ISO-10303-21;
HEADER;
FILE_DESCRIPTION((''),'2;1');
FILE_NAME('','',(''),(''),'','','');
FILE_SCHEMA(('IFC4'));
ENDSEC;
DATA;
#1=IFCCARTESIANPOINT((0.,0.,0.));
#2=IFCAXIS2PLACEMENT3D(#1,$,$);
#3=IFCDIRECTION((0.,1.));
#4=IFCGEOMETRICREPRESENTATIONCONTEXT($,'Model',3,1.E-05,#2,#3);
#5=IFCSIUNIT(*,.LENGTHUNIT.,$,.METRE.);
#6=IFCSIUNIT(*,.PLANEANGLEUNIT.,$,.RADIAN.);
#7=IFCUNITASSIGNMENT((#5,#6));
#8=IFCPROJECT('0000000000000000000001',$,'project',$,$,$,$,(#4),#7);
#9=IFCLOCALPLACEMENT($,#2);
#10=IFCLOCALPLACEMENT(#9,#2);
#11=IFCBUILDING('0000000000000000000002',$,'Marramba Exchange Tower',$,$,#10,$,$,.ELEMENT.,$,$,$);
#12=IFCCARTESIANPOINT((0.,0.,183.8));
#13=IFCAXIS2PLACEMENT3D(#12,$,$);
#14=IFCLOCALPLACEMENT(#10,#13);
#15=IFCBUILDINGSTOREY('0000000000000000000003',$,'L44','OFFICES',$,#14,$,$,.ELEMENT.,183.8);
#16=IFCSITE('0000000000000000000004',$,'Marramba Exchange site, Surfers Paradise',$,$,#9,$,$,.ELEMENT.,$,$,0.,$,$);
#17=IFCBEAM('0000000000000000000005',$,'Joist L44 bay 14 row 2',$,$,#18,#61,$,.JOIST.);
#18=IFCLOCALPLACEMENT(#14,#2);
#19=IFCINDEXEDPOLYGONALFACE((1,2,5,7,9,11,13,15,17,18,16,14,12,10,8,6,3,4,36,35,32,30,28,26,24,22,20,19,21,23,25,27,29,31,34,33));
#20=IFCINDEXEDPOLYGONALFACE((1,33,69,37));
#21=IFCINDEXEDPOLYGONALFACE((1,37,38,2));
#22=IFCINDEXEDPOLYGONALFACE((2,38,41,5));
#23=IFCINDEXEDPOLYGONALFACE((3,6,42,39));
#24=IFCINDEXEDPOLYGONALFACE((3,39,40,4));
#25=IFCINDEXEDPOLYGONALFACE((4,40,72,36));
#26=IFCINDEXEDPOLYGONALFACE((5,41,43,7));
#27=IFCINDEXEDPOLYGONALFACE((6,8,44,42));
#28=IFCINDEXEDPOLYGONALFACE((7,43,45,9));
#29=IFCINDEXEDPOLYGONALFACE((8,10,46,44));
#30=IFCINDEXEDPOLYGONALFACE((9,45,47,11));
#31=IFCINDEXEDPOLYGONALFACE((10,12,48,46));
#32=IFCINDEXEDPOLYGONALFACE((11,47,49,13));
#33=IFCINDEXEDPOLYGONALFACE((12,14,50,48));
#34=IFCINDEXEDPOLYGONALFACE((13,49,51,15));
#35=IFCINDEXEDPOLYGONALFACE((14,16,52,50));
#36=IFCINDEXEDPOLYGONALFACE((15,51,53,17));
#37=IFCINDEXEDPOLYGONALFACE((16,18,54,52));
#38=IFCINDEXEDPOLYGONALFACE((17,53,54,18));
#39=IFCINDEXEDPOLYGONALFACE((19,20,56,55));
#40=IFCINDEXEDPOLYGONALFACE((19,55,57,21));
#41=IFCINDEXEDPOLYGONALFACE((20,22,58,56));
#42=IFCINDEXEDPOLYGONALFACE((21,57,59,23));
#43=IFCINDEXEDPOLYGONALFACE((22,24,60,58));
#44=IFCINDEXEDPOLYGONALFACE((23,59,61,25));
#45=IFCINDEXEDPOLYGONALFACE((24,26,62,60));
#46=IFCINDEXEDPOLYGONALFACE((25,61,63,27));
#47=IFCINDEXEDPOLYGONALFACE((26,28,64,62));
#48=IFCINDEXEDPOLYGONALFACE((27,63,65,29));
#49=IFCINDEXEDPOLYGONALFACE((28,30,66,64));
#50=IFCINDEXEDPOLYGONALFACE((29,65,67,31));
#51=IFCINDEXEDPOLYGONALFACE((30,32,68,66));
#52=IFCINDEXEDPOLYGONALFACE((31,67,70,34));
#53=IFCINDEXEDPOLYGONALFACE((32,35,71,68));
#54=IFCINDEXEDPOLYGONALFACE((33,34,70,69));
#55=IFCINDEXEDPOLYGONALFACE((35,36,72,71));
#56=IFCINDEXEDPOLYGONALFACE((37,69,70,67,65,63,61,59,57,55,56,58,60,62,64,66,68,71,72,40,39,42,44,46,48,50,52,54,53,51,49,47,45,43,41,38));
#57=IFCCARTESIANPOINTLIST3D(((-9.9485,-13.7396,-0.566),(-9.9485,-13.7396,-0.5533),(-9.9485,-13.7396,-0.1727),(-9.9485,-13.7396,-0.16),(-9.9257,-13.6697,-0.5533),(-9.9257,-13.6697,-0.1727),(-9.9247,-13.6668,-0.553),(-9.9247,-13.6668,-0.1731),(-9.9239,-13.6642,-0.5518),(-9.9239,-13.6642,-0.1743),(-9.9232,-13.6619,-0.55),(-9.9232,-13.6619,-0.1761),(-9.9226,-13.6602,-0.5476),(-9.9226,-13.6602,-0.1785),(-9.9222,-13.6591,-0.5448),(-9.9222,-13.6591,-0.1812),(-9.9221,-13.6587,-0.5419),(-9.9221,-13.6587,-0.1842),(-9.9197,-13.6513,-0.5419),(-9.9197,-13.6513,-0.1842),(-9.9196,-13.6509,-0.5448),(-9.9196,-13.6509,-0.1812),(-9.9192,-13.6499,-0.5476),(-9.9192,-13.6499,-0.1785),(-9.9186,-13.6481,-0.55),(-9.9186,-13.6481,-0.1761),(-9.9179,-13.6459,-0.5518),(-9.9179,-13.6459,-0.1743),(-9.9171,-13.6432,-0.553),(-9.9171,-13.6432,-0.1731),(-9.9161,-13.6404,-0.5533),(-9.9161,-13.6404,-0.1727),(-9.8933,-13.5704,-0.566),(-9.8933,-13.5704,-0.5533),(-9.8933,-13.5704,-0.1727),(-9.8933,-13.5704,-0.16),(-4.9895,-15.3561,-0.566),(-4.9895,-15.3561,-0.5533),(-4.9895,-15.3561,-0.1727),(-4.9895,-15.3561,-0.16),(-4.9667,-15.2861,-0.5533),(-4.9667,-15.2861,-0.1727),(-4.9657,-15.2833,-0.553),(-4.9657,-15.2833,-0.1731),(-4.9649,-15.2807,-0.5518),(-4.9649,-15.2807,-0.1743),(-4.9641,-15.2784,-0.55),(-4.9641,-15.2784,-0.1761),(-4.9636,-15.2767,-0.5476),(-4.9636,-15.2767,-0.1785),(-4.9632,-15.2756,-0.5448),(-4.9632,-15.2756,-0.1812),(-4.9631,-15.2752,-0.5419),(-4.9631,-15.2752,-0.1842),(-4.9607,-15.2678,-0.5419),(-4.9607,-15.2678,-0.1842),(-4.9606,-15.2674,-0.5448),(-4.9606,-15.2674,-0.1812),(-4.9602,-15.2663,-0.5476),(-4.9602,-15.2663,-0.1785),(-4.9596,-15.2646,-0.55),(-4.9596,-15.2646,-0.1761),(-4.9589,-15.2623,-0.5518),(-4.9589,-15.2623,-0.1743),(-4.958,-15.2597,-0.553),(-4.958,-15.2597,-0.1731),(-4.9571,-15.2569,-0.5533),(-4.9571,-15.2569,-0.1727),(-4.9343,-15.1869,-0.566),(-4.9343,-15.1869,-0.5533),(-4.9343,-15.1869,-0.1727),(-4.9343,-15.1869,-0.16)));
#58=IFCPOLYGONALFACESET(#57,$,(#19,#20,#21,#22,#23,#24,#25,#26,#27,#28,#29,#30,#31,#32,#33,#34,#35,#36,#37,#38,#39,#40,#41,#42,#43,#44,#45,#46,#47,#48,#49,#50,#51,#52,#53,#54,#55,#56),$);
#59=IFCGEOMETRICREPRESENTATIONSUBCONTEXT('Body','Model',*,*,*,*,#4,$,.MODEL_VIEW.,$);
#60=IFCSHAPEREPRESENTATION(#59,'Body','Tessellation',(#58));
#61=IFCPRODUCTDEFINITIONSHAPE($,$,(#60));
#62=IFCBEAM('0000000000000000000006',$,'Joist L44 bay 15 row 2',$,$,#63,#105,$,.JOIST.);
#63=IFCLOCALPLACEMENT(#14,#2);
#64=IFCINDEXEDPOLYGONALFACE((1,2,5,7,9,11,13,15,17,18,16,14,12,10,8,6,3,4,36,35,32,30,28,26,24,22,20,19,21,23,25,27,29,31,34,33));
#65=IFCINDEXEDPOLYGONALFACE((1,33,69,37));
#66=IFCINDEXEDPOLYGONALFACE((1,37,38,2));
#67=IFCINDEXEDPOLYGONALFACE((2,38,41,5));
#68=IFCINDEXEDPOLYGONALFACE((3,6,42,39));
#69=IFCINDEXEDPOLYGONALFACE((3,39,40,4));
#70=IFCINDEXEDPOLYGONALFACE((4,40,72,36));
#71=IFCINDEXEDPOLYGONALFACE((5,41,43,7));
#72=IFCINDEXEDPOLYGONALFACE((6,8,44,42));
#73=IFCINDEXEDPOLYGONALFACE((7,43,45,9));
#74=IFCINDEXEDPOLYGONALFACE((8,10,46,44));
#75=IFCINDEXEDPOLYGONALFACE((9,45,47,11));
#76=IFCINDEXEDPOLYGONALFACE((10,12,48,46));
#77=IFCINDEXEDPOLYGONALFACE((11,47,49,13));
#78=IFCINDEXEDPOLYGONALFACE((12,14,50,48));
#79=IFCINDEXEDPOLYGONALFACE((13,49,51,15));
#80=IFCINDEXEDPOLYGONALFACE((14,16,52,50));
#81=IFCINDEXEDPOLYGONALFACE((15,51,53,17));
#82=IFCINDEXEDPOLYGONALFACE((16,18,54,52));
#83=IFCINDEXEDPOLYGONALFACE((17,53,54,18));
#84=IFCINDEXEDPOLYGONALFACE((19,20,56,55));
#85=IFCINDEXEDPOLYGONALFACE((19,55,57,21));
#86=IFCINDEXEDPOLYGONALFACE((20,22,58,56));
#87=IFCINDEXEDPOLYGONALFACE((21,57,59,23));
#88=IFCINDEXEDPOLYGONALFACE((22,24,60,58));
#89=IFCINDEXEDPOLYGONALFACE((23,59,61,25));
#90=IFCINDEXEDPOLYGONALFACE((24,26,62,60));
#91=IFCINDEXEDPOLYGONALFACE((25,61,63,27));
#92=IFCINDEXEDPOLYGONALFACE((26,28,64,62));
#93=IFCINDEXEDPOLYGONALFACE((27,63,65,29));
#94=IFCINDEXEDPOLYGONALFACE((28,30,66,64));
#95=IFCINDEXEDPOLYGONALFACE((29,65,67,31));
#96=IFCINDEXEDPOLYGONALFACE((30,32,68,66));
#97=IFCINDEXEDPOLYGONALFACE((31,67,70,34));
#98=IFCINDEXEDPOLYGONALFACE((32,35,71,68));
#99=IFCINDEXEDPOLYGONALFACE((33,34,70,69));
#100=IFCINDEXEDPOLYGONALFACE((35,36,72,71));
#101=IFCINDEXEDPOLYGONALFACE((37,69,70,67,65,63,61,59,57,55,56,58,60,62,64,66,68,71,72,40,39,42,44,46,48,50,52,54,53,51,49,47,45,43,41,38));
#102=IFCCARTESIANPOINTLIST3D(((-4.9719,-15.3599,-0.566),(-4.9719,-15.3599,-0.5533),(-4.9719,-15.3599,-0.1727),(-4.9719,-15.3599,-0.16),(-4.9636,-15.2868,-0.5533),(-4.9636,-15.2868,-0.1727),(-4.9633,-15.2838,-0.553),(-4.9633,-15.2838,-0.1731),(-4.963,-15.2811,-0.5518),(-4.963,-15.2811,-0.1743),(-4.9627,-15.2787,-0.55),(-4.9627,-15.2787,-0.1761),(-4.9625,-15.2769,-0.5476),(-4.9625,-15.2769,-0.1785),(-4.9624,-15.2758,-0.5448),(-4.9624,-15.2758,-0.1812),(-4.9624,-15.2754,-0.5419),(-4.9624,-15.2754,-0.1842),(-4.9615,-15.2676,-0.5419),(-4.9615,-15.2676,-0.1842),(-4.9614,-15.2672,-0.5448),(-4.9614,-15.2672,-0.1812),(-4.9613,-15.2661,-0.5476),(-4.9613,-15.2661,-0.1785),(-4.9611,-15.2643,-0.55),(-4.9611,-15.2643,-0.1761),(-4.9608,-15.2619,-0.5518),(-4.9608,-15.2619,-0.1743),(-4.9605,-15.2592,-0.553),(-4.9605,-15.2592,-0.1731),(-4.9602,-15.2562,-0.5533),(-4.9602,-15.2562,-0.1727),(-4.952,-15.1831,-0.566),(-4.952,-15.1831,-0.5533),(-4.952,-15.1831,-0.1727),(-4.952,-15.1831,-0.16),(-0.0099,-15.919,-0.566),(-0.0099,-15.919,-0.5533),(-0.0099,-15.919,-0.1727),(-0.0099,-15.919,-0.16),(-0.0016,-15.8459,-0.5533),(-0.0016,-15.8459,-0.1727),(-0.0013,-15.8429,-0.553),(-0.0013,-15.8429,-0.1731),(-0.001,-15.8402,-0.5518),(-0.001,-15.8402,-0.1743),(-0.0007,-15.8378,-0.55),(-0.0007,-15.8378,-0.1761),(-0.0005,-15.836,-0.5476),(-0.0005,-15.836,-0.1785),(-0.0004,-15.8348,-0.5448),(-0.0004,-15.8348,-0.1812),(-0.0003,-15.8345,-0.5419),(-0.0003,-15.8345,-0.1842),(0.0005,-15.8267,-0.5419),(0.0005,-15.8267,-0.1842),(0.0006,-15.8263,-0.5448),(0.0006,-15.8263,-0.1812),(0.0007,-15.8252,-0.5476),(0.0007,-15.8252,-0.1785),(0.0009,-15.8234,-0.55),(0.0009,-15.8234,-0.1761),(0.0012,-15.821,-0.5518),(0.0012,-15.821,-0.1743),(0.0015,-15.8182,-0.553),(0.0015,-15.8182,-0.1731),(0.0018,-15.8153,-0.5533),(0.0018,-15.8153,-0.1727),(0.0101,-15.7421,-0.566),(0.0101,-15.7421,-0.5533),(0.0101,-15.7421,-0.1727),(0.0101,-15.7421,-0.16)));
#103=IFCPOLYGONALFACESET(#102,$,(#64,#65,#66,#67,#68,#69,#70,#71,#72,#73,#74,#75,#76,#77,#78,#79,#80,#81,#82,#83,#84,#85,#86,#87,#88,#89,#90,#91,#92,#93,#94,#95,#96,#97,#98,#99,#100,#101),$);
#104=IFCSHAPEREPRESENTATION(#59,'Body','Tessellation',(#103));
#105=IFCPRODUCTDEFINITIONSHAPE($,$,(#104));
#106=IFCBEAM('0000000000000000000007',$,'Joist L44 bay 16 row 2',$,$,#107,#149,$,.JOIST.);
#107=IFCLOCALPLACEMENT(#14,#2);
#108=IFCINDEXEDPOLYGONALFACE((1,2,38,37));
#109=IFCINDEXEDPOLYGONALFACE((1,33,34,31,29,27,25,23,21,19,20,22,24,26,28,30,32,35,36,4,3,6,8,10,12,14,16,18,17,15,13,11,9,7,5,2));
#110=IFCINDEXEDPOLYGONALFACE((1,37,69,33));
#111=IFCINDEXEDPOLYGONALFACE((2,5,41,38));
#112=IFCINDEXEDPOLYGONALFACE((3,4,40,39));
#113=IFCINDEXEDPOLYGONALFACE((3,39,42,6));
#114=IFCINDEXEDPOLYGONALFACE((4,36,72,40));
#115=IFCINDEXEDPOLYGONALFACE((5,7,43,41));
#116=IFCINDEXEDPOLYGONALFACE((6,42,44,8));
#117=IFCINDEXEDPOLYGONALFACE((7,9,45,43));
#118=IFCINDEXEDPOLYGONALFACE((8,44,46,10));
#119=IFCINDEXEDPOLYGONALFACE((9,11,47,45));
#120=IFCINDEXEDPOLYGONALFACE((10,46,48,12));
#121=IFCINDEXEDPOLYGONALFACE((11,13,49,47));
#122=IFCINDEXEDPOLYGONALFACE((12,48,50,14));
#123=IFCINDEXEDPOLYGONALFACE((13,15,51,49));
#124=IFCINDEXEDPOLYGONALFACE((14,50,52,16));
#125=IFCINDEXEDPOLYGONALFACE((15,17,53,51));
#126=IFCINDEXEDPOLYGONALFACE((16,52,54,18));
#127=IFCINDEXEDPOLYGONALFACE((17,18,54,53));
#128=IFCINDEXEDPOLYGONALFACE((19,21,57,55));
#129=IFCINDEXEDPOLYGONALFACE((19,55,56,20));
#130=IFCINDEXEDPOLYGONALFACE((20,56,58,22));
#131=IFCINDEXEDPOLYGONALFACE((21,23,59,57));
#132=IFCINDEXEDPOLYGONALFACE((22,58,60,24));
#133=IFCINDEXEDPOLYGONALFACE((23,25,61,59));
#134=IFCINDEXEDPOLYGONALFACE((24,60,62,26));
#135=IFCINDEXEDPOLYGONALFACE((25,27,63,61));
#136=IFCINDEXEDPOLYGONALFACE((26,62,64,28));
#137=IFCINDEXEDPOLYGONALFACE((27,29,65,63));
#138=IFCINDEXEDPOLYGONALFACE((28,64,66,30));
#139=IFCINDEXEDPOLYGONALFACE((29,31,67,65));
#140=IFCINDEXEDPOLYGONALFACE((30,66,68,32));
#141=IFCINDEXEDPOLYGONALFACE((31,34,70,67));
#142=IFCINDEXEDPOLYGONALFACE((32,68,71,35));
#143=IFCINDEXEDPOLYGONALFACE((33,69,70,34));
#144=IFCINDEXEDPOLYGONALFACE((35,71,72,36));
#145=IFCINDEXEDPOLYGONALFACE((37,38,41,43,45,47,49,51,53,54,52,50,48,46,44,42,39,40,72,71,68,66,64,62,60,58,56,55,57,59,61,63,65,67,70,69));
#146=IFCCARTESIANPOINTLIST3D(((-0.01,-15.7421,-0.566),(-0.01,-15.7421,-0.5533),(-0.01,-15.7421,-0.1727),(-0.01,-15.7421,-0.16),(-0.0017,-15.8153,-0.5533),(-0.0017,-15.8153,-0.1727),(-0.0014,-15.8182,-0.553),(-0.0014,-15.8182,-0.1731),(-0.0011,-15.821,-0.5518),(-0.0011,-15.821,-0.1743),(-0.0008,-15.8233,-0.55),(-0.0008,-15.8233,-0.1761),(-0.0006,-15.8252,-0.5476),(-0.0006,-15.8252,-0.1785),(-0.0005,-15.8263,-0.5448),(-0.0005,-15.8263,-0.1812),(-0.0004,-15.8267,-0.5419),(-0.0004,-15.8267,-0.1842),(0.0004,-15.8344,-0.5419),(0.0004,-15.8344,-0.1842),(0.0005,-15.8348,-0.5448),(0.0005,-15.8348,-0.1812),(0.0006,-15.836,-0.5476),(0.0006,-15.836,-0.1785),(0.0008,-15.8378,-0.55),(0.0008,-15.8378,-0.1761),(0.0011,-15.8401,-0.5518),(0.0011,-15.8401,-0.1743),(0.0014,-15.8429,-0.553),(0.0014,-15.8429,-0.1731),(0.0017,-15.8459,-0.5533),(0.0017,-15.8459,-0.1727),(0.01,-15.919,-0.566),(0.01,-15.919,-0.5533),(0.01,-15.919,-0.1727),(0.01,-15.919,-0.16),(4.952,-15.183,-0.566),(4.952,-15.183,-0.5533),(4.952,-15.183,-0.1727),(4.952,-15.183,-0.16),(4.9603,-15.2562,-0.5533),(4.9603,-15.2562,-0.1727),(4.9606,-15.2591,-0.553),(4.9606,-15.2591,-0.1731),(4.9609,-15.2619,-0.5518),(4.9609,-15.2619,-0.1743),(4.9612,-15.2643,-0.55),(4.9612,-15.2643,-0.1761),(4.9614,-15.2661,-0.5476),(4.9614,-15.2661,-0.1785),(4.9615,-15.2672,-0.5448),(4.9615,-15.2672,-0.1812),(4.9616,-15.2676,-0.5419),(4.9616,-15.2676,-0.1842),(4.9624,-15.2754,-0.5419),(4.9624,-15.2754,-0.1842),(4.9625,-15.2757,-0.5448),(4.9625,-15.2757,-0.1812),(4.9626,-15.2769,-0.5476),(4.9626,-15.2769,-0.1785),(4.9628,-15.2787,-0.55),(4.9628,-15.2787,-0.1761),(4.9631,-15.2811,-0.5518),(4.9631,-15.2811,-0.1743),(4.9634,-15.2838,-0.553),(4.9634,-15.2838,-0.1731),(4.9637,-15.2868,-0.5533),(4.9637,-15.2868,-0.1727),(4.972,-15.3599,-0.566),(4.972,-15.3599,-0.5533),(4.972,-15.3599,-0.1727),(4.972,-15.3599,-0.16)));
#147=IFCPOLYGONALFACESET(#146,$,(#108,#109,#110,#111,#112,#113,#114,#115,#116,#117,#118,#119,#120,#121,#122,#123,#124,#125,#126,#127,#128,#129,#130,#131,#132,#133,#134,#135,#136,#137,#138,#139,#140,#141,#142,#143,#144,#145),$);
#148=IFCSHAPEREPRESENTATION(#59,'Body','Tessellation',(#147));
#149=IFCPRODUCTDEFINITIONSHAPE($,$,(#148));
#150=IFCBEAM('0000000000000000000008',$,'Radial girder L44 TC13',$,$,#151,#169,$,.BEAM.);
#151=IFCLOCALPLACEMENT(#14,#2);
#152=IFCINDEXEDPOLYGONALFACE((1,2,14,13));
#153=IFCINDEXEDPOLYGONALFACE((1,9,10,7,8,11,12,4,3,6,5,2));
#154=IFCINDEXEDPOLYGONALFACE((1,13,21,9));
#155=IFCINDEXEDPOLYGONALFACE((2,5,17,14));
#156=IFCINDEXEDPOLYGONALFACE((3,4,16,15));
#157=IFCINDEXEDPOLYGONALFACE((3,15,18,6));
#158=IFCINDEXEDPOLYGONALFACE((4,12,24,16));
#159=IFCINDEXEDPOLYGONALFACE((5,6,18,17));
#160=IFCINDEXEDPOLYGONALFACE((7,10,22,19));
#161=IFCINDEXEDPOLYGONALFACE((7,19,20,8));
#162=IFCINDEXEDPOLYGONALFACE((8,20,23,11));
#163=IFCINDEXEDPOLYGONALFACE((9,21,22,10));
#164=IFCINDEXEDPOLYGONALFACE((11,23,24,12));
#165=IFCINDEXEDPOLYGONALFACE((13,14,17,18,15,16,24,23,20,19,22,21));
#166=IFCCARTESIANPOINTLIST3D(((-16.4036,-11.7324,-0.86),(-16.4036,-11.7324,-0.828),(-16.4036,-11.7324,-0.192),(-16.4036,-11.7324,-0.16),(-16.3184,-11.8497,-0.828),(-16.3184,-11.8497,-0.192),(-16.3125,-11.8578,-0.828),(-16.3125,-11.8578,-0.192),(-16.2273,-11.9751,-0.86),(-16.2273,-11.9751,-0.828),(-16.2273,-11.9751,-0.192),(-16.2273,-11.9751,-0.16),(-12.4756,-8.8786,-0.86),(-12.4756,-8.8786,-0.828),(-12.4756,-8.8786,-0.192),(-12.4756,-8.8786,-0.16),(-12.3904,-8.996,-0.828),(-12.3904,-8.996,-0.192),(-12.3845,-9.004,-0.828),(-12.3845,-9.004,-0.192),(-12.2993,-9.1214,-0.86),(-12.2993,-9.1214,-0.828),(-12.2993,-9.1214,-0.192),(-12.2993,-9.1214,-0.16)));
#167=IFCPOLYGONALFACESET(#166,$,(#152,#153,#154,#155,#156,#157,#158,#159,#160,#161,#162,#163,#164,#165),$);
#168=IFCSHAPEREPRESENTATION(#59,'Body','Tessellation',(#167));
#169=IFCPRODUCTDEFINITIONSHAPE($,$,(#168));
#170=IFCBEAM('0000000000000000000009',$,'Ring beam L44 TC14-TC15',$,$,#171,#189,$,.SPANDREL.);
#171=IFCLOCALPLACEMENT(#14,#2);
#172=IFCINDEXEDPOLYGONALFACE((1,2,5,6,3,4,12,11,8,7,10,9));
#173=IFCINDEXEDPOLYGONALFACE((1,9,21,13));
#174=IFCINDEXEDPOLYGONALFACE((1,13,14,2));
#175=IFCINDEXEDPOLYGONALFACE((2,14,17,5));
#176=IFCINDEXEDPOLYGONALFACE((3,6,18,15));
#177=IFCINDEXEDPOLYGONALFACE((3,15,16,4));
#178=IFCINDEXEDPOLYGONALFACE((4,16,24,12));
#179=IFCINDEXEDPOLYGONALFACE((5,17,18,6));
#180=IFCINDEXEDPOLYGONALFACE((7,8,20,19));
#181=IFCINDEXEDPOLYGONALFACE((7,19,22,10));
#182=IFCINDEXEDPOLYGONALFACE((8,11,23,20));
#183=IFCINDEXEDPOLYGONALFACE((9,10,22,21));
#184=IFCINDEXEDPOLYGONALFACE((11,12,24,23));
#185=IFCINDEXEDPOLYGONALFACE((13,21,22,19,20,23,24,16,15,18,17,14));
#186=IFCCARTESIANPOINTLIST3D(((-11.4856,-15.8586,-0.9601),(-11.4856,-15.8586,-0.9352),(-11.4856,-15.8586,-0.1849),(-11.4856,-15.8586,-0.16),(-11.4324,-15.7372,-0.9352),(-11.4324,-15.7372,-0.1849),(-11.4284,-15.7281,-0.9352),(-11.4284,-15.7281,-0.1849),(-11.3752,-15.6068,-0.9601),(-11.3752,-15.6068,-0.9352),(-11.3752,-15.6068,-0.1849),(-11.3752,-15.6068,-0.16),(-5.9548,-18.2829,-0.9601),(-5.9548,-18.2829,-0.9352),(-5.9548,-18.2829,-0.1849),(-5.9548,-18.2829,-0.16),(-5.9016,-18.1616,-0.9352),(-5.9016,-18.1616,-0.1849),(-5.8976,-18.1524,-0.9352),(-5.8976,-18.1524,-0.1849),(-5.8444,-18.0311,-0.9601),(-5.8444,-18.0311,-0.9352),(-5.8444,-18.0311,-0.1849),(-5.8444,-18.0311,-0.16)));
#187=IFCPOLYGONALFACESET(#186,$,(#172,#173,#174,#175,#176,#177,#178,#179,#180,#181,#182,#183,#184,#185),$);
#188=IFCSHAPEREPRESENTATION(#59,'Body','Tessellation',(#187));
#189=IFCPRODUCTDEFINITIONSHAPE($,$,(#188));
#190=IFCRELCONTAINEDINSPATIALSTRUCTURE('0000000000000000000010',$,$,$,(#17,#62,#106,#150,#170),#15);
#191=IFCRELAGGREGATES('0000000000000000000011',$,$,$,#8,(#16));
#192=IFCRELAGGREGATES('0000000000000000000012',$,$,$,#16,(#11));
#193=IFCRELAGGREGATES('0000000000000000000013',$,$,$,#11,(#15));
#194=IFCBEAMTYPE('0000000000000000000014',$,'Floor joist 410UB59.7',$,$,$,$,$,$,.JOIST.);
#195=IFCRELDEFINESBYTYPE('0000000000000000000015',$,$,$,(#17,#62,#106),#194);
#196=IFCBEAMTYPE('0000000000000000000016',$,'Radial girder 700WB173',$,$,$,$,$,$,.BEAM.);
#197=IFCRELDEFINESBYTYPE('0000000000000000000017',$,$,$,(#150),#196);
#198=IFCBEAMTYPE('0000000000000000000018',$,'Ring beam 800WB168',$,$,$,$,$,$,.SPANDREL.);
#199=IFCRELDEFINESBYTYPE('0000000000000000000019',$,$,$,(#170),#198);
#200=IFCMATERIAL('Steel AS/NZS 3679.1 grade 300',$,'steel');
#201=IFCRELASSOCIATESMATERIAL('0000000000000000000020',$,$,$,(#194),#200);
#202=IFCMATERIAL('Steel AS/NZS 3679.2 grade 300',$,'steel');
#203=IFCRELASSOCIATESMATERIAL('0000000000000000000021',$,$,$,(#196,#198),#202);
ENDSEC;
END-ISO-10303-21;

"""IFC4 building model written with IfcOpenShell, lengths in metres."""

from ifc_helpers import new_model, si_unit, direction, frame, origin, origin_2d, place, context, subcontext, project, spatial, i_section, extrude, material, material_profile, profile_set, type_object, element, save


model = new_model("IFC4")

# Units and contexts
model_context = context("Model", 3, precision=1e-05, world=origin(), true_north=direction((0.0, 1.0)))
body_context = subcontext(model_context, "Body", "Model", "MODEL_VIEW")
ifc_project = project(units=[si_unit("LENGTHUNIT", "METRE"), si_unit("PLANEANGLEUNIT", "RADIAN")], contexts=[model_context])

# Site, building, storey
site_placement = place(None, origin())
site = spatial("IfcSite", under=ifc_project, at=site_placement, Name="Marramba Exchange site, Surfers Paradise", CompositionType="ELEMENT", RefElevation=0.0)
building_placement = place(site_placement, origin())
building = spatial("IfcBuilding", under=site, at=building_placement, Name="Marramba Exchange Tower", CompositionType="ELEMENT")
storey_placement = place(building_placement, frame((0.0, 0.0, 183.8)))
storey = spatial("IfcBuildingStorey", under=building, at=storey_placement, Name="L44", Description="OFFICES", CompositionType="ELEMENT", Elevation=183.8)

# Beams
ifc_material_1 = material(Name="Steel AS/NZS 3679.2 grade 300", Category="steel")
ifc_material_2 = material(Name="Steel AS/NZS 3679.1 grade 300", Category="steel")
ifc_material_profile_1 = material_profile(ifc_material_2, i_section(OverallWidth=0.178, OverallDepth=0.406, WebThickness=0.0078, FlangeThickness=0.0127, FilletRadius=0.0115, at=origin_2d()), Name="410UB59.7")
ifc_profile_set_1 = profile_set([ifc_material_profile_1], Name="Steel AS/NZS 3679.1 grade 300")
beam_type_1 = type_object("IfcBeamType", Name="Floor joist 410UB59.7", PredefinedType="JOIST", material=ifc_profile_set_1)
beam_1_placement = place(storey_placement, frame((-9.9209, -13.655, -0.363), z_axis=(0.950764, -0.309916, 0.0), x_axis=(0.309916, 0.950764, 0.0)))
element("IfcBeam", 1, at=beam_1_placement, inside=storey, type_object=beam_type_1, Name="Joist L44 bay 14 row 2", PredefinedType="JOIST", context=body_context, shape_type="SweptSolid", body=[
    extrude(i_section(OverallWidth=0.178, OverallDepth=0.406, WebThickness=0.0078, FlangeThickness=0.0127, FilletRadius=0.0115, at=origin_2d()), origin(), (0.0, 0.0, 1.0), 5.2158),
])
for number, where, z_axis, x_axis, name in (
    (2, (-4.9619, -15.2715, -0.363), (0.993712, -0.111966, 0.0), (0.111966, 0.993712, 0.0), "Joist L44 bay 15 row 2"),
    (3, (0.0, -15.8306, -0.363), (0.993712, 0.111966, 0.0), (-0.111966, 0.993712, 0.0), "Joist L44 bay 16 row 2"),
):
    element("IfcBeam", number, at=place(storey_placement, frame(where, z_axis=z_axis, x_axis=x_axis)), inside=storey, type_object=beam_type_1, Name=name, PredefinedType="JOIST", context=body_context, shape_type="SweptSolid", body=[
        extrude(i_section(OverallWidth=0.178, OverallDepth=0.406, WebThickness=0.0078, FlangeThickness=0.0127, FilletRadius=0.0115, at=origin_2d()), origin(), (0.0, 0.0, 1.0), 4.9934),
    ])
ifc_material_profile_2 = material_profile(ifc_material_1, i_section(OverallWidth=0.3, OverallDepth=0.7, WebThickness=0.01, FlangeThickness=0.032, at=origin_2d()), Name="700WB173")
ifc_profile_set_2 = profile_set([ifc_material_profile_2], Name="Steel AS/NZS 3679.2 grade 300")
beam_type_2 = type_object("IfcBeamType", Name="Radial girder 700WB173", PredefinedType="BEAM", material=ifc_profile_set_2)
beam_2_placement = place(storey_placement, frame((-12.3875, -9.0, -0.51), z_axis=(-0.809025, -0.587774, 0.0), x_axis=(0.587774, -0.809025, 0.0)))
element("IfcBeam", 4, at=beam_2_placement, inside=storey, type_object=beam_type_2, Name="Radial girder L44 TC13", PredefinedType="BEAM", context=body_context, shape_type="SweptSolid", body=[
    extrude(i_section(OverallWidth=0.3, OverallDepth=0.7, WebThickness=0.01, FlangeThickness=0.032, at=origin_2d()), origin(), (0.0, 0.0, 1.0), 4.8552),
])
ifc_material_profile_3 = material_profile(ifc_material_1, i_section(OverallWidth=0.2749, OverallDepth=0.8, WebThickness=0.01, FlangeThickness=0.0249, at=origin_2d()), Name="800WB168")
ifc_profile_set_3 = profile_set([ifc_material_profile_3], Name="Steel AS/NZS 3679.2 grade 300")
beam_type_3 = type_object("IfcBeamType", Name="Ring beam 800WB168", PredefinedType="SPANDREL", material=ifc_profile_set_3)
beam_3_placement = place(storey_placement, frame((-11.4304, -15.7327, -0.5601), z_axis=(0.915877, -0.401459, 0.0), x_axis=(0.401459, 0.915877, 0.0)))
element("IfcBeam", 5, at=beam_3_placement, inside=storey, type_object=beam_type_3, Name="Ring beam L44 TC14-TC15", PredefinedType="SPANDREL", context=body_context, shape_type="SweptSolid", body=[
    extrude(i_section(OverallWidth=0.2749, OverallDepth=0.8, WebThickness=0.01, FlangeThickness=0.0249, at=origin_2d()), origin(), (0.0, 0.0, 1.0), 6.0388),
])

save(model, "model.ifc")
